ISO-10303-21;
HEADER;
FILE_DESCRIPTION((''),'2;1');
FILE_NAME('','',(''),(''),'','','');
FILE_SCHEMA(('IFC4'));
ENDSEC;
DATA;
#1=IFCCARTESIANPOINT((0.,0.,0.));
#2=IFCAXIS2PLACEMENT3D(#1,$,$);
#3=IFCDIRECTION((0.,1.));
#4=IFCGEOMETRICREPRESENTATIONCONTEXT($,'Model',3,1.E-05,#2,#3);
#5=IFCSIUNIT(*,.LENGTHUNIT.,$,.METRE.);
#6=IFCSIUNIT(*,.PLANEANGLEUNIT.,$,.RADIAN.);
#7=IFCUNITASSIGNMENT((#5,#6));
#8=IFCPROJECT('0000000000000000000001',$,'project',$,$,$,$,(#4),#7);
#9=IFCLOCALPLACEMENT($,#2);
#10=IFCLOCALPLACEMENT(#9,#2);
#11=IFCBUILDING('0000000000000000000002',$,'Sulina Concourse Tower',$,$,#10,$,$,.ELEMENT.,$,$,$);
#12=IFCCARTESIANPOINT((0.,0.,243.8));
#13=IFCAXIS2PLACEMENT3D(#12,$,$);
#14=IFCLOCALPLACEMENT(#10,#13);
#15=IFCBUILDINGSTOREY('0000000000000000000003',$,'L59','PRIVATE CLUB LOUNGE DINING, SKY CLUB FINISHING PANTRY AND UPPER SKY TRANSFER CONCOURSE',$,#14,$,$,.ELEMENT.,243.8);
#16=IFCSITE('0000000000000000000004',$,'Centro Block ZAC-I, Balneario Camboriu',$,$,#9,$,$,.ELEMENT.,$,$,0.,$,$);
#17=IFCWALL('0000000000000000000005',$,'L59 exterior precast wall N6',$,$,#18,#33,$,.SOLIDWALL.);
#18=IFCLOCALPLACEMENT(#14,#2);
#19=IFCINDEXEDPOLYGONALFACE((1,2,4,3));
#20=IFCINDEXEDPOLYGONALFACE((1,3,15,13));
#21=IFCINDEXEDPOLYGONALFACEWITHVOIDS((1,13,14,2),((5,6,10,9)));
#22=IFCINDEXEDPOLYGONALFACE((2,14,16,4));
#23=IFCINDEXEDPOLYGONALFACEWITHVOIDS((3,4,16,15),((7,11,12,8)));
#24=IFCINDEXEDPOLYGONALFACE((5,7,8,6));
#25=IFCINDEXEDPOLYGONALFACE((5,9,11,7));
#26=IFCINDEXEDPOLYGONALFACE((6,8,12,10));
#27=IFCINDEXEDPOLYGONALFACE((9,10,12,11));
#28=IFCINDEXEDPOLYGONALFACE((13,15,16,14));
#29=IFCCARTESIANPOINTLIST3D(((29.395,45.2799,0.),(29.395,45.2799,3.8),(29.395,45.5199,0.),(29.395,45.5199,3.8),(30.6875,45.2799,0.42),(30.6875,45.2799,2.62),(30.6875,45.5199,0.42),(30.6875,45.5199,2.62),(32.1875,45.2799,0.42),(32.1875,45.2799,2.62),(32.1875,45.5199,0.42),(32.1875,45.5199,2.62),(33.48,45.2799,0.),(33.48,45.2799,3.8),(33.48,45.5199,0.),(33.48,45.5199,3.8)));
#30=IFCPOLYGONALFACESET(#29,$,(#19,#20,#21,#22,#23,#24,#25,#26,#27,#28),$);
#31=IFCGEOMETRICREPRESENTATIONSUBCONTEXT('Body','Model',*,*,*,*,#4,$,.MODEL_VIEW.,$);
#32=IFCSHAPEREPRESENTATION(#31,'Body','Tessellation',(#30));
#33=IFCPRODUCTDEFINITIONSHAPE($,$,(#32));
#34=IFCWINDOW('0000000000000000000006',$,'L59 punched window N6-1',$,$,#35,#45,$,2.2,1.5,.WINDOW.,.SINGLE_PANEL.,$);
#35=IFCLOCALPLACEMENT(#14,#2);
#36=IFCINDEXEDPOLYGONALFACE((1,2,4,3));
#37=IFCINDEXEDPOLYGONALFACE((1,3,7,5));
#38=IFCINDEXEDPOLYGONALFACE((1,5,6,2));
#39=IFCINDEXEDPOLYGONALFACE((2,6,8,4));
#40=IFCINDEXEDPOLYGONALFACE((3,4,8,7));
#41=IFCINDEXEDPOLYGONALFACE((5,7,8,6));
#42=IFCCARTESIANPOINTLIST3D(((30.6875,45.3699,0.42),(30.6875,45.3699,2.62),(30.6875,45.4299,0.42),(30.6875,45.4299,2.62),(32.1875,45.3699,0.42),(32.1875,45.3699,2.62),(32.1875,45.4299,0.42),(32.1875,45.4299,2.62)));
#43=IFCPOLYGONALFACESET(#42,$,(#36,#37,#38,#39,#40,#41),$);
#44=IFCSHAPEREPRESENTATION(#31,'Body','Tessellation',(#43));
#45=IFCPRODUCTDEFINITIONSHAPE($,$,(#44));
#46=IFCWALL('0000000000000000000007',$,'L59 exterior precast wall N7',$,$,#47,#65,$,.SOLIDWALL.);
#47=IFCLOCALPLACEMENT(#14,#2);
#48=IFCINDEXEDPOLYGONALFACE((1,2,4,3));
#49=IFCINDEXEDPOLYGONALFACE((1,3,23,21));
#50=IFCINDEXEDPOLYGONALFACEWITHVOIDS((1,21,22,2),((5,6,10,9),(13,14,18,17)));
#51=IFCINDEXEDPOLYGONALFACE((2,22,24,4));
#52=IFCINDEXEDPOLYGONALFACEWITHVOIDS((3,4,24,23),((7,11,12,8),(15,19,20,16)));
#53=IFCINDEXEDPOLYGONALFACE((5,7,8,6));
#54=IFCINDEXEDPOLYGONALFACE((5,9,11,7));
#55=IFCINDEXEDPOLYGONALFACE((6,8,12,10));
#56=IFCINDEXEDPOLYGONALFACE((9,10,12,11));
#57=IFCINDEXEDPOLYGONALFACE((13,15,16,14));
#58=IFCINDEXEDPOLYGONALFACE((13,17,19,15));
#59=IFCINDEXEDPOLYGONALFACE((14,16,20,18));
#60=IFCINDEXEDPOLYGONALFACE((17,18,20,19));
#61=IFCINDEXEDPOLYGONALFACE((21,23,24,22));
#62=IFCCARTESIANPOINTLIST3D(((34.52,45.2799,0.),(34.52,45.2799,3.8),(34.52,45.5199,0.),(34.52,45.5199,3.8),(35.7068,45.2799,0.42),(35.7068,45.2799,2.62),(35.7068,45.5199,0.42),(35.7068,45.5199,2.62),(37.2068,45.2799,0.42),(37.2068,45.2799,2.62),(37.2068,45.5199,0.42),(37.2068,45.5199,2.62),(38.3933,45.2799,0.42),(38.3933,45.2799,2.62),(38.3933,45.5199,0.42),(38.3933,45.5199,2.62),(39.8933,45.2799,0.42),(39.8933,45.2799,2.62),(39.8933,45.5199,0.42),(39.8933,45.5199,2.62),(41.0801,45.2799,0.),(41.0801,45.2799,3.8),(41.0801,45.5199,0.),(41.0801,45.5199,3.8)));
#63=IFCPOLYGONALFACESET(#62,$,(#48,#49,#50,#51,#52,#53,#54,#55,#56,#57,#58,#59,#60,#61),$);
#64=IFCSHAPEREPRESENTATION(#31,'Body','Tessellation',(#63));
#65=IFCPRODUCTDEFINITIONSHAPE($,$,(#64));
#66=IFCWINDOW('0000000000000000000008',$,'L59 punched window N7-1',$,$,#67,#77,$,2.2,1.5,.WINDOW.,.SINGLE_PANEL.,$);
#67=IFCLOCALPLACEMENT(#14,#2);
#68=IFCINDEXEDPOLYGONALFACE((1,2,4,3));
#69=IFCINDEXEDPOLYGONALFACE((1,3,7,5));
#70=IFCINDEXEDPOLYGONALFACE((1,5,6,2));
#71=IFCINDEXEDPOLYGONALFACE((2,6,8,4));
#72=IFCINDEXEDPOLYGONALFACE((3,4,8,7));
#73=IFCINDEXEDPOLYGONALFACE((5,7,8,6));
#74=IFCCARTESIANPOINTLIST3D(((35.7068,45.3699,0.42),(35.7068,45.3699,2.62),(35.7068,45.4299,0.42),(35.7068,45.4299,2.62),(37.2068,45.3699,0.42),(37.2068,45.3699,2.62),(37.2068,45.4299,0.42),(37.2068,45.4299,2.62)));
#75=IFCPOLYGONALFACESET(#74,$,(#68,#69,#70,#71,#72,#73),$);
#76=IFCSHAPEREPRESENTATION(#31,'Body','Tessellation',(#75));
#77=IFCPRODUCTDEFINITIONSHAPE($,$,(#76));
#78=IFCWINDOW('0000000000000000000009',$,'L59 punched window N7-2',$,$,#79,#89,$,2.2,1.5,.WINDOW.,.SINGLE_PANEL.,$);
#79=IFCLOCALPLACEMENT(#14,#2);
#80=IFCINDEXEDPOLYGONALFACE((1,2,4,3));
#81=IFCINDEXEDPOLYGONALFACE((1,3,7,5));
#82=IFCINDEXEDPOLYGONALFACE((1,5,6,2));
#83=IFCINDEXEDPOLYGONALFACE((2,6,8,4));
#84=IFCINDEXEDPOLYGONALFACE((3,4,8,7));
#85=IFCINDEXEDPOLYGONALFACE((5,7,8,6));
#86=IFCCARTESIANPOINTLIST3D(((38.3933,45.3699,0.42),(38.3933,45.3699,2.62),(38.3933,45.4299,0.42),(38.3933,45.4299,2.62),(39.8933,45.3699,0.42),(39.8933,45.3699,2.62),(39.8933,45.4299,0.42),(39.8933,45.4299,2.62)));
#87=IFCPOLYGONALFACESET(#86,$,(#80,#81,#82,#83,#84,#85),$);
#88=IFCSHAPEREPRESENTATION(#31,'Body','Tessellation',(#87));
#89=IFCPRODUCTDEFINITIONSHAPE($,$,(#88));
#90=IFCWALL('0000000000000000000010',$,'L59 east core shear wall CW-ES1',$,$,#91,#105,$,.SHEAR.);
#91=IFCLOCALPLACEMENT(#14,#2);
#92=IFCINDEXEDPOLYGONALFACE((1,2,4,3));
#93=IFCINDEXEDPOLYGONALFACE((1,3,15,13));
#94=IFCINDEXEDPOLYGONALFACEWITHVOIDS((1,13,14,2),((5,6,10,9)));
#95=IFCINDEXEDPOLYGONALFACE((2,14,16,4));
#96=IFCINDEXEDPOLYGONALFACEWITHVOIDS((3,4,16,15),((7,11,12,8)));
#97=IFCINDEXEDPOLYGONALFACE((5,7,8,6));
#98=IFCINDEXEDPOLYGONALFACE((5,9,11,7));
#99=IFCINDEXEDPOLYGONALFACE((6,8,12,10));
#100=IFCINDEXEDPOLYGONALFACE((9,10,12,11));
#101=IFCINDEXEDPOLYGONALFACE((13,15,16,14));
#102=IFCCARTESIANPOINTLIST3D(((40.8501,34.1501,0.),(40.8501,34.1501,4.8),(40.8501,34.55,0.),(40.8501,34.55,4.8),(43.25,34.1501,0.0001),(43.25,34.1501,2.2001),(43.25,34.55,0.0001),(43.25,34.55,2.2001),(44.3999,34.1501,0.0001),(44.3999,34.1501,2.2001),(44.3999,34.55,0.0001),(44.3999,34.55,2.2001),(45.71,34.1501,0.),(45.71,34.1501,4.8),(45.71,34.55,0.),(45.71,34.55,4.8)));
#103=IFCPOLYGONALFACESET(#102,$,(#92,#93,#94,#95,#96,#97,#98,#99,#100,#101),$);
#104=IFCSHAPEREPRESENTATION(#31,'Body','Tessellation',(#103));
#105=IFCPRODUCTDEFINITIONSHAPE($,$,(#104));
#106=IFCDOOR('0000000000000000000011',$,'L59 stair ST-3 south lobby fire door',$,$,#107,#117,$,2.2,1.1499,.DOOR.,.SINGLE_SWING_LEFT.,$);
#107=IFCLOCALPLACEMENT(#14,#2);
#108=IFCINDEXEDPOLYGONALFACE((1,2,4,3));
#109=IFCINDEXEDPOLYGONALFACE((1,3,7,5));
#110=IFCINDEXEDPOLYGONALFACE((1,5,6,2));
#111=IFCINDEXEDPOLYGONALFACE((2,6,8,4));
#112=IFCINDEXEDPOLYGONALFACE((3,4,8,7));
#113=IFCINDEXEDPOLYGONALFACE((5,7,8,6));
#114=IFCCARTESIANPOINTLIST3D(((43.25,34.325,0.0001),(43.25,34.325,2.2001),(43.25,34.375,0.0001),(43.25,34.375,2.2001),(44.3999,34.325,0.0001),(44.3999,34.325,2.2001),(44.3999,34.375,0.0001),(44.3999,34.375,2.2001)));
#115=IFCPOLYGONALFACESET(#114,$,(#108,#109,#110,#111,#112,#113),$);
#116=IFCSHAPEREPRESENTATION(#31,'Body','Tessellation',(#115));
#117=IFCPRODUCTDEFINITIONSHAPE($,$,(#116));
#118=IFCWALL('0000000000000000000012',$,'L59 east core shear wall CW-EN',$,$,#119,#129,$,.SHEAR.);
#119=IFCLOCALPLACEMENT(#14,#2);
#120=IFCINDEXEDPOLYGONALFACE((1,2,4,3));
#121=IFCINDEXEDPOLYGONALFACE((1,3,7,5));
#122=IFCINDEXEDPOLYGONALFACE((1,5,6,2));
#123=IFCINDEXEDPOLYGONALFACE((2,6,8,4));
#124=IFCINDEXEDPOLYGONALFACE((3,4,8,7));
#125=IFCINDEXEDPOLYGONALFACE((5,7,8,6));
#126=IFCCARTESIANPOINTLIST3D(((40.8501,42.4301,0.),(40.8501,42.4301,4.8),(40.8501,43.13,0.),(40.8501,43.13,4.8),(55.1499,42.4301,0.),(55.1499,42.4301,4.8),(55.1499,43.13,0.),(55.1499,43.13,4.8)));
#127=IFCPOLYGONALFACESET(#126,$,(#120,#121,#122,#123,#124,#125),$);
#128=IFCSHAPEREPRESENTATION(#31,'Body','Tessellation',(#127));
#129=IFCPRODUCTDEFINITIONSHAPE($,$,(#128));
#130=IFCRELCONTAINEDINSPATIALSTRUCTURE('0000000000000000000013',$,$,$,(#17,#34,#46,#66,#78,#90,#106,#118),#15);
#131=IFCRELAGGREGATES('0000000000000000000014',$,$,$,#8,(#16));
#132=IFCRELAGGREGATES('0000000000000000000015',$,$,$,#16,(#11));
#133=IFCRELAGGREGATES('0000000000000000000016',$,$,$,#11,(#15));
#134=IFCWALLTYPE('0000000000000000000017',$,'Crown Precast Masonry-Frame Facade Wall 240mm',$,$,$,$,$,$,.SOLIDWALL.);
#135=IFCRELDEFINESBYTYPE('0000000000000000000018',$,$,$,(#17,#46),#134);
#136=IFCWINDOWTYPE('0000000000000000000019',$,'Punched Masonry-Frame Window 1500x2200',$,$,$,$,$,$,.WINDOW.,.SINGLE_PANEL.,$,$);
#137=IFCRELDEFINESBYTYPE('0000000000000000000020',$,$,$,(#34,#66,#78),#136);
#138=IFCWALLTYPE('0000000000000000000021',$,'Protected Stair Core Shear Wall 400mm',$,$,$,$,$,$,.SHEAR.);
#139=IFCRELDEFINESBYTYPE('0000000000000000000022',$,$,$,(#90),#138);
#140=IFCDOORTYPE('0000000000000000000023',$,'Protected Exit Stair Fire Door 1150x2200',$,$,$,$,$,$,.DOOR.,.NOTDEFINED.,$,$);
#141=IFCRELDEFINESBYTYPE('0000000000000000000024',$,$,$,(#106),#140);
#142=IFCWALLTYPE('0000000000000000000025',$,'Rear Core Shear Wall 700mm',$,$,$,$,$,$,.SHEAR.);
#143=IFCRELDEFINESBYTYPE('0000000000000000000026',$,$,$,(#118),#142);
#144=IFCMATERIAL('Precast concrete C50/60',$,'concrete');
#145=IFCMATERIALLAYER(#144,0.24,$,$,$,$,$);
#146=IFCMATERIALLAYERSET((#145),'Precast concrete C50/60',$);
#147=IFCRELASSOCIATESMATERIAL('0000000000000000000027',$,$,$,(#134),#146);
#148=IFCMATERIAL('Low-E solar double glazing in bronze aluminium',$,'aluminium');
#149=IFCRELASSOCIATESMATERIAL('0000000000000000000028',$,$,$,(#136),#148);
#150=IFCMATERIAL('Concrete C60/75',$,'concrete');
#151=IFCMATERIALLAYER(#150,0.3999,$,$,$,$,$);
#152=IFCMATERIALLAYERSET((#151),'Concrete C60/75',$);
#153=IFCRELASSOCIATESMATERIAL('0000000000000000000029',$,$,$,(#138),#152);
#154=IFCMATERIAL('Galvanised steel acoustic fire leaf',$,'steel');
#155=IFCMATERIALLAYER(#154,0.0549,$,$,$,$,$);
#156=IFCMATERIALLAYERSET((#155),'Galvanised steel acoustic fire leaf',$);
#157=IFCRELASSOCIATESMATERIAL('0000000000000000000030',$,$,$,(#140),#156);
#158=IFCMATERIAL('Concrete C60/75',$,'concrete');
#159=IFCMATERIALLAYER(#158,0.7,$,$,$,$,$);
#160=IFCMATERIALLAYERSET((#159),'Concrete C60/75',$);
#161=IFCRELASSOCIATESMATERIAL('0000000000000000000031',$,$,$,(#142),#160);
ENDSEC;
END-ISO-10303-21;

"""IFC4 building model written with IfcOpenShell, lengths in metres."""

from ifc_helpers import new_model, si_unit, direction, frame, frame_2d, origin, place, context, subcontext, project, spatial, rectangle, extrude, material, layer, layer_set, type_object, element, fill, save


model = new_model("IFC4")

# Units and contexts
model_context = context("Model", 3, precision=1e-05, world=origin(), true_north=direction((0.0, 1.0)))
body_context = subcontext(model_context, "Body", "Model", "MODEL_VIEW")
ifc_project = project(units=[si_unit("LENGTHUNIT", "METRE"), si_unit("PLANEANGLEUNIT", "RADIAN")], contexts=[model_context])

# Site, building, storey
site_placement = place(None, origin())
site = spatial("IfcSite", under=ifc_project, at=site_placement, Name="Centro Block ZAC-I, Balneario Camboriu", CompositionType="ELEMENT", RefElevation=0.0)
building_placement = place(site_placement, origin())
building = spatial("IfcBuilding", under=site, at=building_placement, Name="Sulina Concourse Tower", CompositionType="ELEMENT")
storey_placement = place(building_placement, frame((0.0, 0.0, 243.8)))
storey = spatial("IfcBuildingStorey", under=building, at=storey_placement, Name="L59", Description="PRIVATE CLUB LOUNGE DINING, SKY CLUB FINISHING PANTRY AND UPPER SKY TRANSFER CONCOURSE", CompositionType="ELEMENT", Elevation=243.8)

# Wall, opening, window
ifc_material_1 = material(Name="Precast concrete C50/60", Category="concrete")
ifc_layer_1 = layer(ifc_material_1, 0.24)
ifc_layer_set_1 = layer_set([ifc_layer_1], Name="Precast concrete C50/60")
wall_type_1 = type_object("IfcWallType", Name="Crown Precast Masonry-Frame Facade Wall 240mm", PredefinedType="SOLIDWALL", material=ifc_layer_set_1)
ifc_material_2 = material(Name="Low-E solar double glazing in bronze aluminium", Category="aluminium")
window_type = type_object("IfcWindowType", Name="Punched Masonry-Frame Window 1500x2200", PartitioningType="SINGLE_PANEL", PredefinedType="WINDOW", material=ifc_material_2)
wall_1_placement = place(storey_placement, frame((29.395, 45.3999, 0.0), z_axis=(0.0, 0.0, 1.0), x_axis=(1.0, 0.0, 0.0)))
wall_1 = element("IfcWall", 1, at=wall_1_placement, inside=storey, type_object=wall_type_1, Name="L59 exterior precast wall N6", PredefinedType="SOLIDWALL", context=body_context, shape_type="SweptSolid", body=[
    extrude(rectangle(XDim=4.085, YDim=0.24, at=frame_2d((2.0425, 0.0))), origin(), (0.0, 0.0, 1.0), 3.8),
])
opening_1_placement = place(wall_1_placement, frame((1.2925, 0.0, 0.4199)))
opening_1 = element("IfcOpeningElement", 2, at=opening_1_placement, cuts=wall_1, PredefinedType="OPENING", context=body_context, shape_type="SweptSolid", body=[
    extrude(rectangle(XDim=1.5, YDim=2.2, at=frame_2d((0.75, 1.1001))), frame((0.0, 0.1299, 0.0), z_axis=(0.0, -1.0, 0.0), x_axis=(1.0, 0.0, 0.0)), (0.0, 0.0, 1.0), 0.26),
])
window_1_placement = place(opening_1_placement, origin())
window_1 = element("IfcWindow", 3, at=window_1_placement, inside=storey, type_object=window_type, Name="L59 punched window N6-1", OverallHeight=2.2, OverallWidth=1.5, PartitioningType="SINGLE_PANEL", PredefinedType="WINDOW", context=body_context, shape_type="SweptSolid", body=[
    extrude(rectangle(XDim=1.5, YDim=2.2, at=frame_2d((0.75, 1.1001))), frame((0.0, 0.03, 0.0), z_axis=(0.0, -1.0, 0.0), x_axis=(1.0, 0.0, 0.0)), (0.0, 0.0, 1.0), 0.0601),
])
fill(opening_1, window_1)

# Wall, openings, windows
wall_2_placement = place(storey_placement, frame((34.52, 45.3999, 0.0), z_axis=(0.0, 0.0, 1.0), x_axis=(1.0, 0.0, 0.0)))
wall_2 = element("IfcWall", 4, at=wall_2_placement, inside=storey, type_object=wall_type_1, Name="L59 exterior precast wall N7", PredefinedType="SOLIDWALL", context=body_context, shape_type="SweptSolid", body=[
    extrude(rectangle(XDim=6.5601, YDim=0.24, at=frame_2d((3.28, 0.0))), origin(), (0.0, 0.0, 1.0), 3.8),
])
opening_2_placement = place(wall_2_placement, frame((1.1868, 0.0, 0.4199)))
opening_2 = element("IfcOpeningElement", 5, at=opening_2_placement, cuts=wall_2, PredefinedType="OPENING", context=body_context, shape_type="SweptSolid", body=[
    extrude(rectangle(XDim=1.5, YDim=2.2, at=frame_2d((0.75, 1.1001))), frame((0.0, 0.1299, 0.0), z_axis=(0.0, -1.0, 0.0), x_axis=(1.0, 0.0, 0.0)), (0.0, 0.0, 1.0), 0.26),
])
opening_3_placement = place(wall_2_placement, frame((3.8733, 0.0, 0.4199)))
opening_3 = element("IfcOpeningElement", 6, at=opening_3_placement, cuts=wall_2, PredefinedType="OPENING", context=body_context, shape_type="SweptSolid", body=[
    extrude(rectangle(XDim=1.5, YDim=2.2, at=frame_2d((0.75, 1.1001))), frame((0.0, 0.1299, 0.0), z_axis=(0.0, -1.0, 0.0), x_axis=(1.0, 0.0, 0.0)), (0.0, 0.0, 1.0), 0.26),
])
window_2_placement = place(opening_2_placement, origin())
window_2 = element("IfcWindow", 7, at=window_2_placement, inside=storey, type_object=window_type, Name="L59 punched window N7-1", OverallHeight=2.2, OverallWidth=1.5, PartitioningType="SINGLE_PANEL", PredefinedType="WINDOW", context=body_context, shape_type="SweptSolid", body=[
    extrude(rectangle(XDim=1.5, YDim=2.2, at=frame_2d((0.75, 1.1001))), frame((0.0, 0.03, 0.0), z_axis=(0.0, -1.0, 0.0), x_axis=(1.0, 0.0, 0.0)), (0.0, 0.0, 1.0), 0.0601),
])
fill(opening_2, window_2)
window_3_placement = place(opening_3_placement, origin())
window_3 = element("IfcWindow", 8, at=window_3_placement, inside=storey, type_object=window_type, Name="L59 punched window N7-2", OverallHeight=2.2, OverallWidth=1.5, PartitioningType="SINGLE_PANEL", PredefinedType="WINDOW", context=body_context, shape_type="SweptSolid", body=[
    extrude(rectangle(XDim=1.5, YDim=2.2, at=frame_2d((0.75, 1.1001))), frame((0.0, 0.03, 0.0), z_axis=(0.0, -1.0, 0.0), x_axis=(1.0, 0.0, 0.0)), (0.0, 0.0, 1.0), 0.0601),
])
fill(opening_3, window_3)

# Wall, opening, door
ifc_material_3 = material(Name="Concrete C60/75", Category="concrete")
ifc_layer_2 = layer(ifc_material_3, 0.3999)
ifc_layer_set_2 = layer_set([ifc_layer_2], Name="Concrete C60/75")
wall_type_2 = type_object("IfcWallType", Name="Protected Stair Core Shear Wall 400mm", PredefinedType="SHEAR", material=ifc_layer_set_2)
wall_3_placement = place(storey_placement, frame((40.8501, 34.3501, 0.0), z_axis=(0.0, 0.0, 1.0), x_axis=(1.0, 0.0, 0.0)))
wall_3 = element("IfcWall", 9, at=wall_3_placement, inside=storey, type_object=wall_type_2, Name="L59 east core shear wall CW-ES1", PredefinedType="SHEAR", context=body_context, shape_type="SweptSolid", body=[
    extrude(rectangle(XDim=4.8599, YDim=0.3999, at=frame_2d((2.4299, 0.0))), origin(), (0.0, 0.0, 1.0), 4.8),
])
opening_4_placement = place(wall_3_placement, frame((2.3999, 0.0, 0.0)))
opening_4 = element("IfcOpeningElement", 10, at=opening_4_placement, cuts=wall_3, PredefinedType="OPENING", context=body_context, shape_type="SweptSolid", body=[
    extrude(rectangle(XDim=1.1499, YDim=2.2, at=frame_2d((0.575, 1.1001))), frame((0.0, 0.21, 0.0), z_axis=(0.0, -1.0, 0.0), x_axis=(1.0, 0.0, 0.0)), (0.0, 0.0, 1.0), 0.4199),
])
ifc_material_4 = material(Name="Galvanised steel acoustic fire leaf", Category="steel")
ifc_layer_3 = layer(ifc_material_4, 0.0549)
ifc_layer_set_3 = layer_set([ifc_layer_3], Name="Galvanised steel acoustic fire leaf")
door_type = type_object("IfcDoorType", Name="Protected Exit Stair Fire Door 1150x2200", OperationType="NOTDEFINED", PredefinedType="DOOR", material=ifc_layer_set_3)
door_placement = place(opening_4_placement, origin())
door = element("IfcDoor", 11, at=door_placement, inside=storey, type_object=door_type, Name="L59 stair ST-3 south lobby fire door", OperationType="SINGLE_SWING_LEFT", OverallHeight=2.2, OverallWidth=1.1499, PredefinedType="DOOR", context=body_context, shape_type="SweptSolid", body=[
    extrude(rectangle(XDim=1.1499, YDim=2.2, at=frame_2d((0.575, 1.1001))), frame((0.0, 0.0249, 0.0), z_axis=(0.0, -1.0, 0.0), x_axis=(1.0, 0.0, 0.0)), (0.0, 0.0, 1.0), 0.05),
])
fill(opening_4, door)

# Wall
ifc_material_5 = material(Name="Concrete C60/75", Category="concrete")
ifc_layer_4 = layer(ifc_material_5, 0.7)
ifc_layer_set_4 = layer_set([ifc_layer_4], Name="Concrete C60/75")
wall_type_3 = type_object("IfcWallType", Name="Rear Core Shear Wall 700mm", PredefinedType="SHEAR", material=ifc_layer_set_4)
wall_4_placement = place(storey_placement, frame((40.8501, 42.78, 0.0), z_axis=(0.0, 0.0, 1.0), x_axis=(1.0, 0.0, 0.0)))
element("IfcWall", 12, at=wall_4_placement, inside=storey, type_object=wall_type_3, Name="L59 east core shear wall CW-EN", PredefinedType="SHEAR", context=body_context, shape_type="SweptSolid", body=[
    extrude(rectangle(XDim=14.2998, YDim=0.7, at=frame_2d((7.1499, 0.0))), origin(), (0.0, 0.0, 1.0), 4.8),
])

save(model, "model.ifc")
